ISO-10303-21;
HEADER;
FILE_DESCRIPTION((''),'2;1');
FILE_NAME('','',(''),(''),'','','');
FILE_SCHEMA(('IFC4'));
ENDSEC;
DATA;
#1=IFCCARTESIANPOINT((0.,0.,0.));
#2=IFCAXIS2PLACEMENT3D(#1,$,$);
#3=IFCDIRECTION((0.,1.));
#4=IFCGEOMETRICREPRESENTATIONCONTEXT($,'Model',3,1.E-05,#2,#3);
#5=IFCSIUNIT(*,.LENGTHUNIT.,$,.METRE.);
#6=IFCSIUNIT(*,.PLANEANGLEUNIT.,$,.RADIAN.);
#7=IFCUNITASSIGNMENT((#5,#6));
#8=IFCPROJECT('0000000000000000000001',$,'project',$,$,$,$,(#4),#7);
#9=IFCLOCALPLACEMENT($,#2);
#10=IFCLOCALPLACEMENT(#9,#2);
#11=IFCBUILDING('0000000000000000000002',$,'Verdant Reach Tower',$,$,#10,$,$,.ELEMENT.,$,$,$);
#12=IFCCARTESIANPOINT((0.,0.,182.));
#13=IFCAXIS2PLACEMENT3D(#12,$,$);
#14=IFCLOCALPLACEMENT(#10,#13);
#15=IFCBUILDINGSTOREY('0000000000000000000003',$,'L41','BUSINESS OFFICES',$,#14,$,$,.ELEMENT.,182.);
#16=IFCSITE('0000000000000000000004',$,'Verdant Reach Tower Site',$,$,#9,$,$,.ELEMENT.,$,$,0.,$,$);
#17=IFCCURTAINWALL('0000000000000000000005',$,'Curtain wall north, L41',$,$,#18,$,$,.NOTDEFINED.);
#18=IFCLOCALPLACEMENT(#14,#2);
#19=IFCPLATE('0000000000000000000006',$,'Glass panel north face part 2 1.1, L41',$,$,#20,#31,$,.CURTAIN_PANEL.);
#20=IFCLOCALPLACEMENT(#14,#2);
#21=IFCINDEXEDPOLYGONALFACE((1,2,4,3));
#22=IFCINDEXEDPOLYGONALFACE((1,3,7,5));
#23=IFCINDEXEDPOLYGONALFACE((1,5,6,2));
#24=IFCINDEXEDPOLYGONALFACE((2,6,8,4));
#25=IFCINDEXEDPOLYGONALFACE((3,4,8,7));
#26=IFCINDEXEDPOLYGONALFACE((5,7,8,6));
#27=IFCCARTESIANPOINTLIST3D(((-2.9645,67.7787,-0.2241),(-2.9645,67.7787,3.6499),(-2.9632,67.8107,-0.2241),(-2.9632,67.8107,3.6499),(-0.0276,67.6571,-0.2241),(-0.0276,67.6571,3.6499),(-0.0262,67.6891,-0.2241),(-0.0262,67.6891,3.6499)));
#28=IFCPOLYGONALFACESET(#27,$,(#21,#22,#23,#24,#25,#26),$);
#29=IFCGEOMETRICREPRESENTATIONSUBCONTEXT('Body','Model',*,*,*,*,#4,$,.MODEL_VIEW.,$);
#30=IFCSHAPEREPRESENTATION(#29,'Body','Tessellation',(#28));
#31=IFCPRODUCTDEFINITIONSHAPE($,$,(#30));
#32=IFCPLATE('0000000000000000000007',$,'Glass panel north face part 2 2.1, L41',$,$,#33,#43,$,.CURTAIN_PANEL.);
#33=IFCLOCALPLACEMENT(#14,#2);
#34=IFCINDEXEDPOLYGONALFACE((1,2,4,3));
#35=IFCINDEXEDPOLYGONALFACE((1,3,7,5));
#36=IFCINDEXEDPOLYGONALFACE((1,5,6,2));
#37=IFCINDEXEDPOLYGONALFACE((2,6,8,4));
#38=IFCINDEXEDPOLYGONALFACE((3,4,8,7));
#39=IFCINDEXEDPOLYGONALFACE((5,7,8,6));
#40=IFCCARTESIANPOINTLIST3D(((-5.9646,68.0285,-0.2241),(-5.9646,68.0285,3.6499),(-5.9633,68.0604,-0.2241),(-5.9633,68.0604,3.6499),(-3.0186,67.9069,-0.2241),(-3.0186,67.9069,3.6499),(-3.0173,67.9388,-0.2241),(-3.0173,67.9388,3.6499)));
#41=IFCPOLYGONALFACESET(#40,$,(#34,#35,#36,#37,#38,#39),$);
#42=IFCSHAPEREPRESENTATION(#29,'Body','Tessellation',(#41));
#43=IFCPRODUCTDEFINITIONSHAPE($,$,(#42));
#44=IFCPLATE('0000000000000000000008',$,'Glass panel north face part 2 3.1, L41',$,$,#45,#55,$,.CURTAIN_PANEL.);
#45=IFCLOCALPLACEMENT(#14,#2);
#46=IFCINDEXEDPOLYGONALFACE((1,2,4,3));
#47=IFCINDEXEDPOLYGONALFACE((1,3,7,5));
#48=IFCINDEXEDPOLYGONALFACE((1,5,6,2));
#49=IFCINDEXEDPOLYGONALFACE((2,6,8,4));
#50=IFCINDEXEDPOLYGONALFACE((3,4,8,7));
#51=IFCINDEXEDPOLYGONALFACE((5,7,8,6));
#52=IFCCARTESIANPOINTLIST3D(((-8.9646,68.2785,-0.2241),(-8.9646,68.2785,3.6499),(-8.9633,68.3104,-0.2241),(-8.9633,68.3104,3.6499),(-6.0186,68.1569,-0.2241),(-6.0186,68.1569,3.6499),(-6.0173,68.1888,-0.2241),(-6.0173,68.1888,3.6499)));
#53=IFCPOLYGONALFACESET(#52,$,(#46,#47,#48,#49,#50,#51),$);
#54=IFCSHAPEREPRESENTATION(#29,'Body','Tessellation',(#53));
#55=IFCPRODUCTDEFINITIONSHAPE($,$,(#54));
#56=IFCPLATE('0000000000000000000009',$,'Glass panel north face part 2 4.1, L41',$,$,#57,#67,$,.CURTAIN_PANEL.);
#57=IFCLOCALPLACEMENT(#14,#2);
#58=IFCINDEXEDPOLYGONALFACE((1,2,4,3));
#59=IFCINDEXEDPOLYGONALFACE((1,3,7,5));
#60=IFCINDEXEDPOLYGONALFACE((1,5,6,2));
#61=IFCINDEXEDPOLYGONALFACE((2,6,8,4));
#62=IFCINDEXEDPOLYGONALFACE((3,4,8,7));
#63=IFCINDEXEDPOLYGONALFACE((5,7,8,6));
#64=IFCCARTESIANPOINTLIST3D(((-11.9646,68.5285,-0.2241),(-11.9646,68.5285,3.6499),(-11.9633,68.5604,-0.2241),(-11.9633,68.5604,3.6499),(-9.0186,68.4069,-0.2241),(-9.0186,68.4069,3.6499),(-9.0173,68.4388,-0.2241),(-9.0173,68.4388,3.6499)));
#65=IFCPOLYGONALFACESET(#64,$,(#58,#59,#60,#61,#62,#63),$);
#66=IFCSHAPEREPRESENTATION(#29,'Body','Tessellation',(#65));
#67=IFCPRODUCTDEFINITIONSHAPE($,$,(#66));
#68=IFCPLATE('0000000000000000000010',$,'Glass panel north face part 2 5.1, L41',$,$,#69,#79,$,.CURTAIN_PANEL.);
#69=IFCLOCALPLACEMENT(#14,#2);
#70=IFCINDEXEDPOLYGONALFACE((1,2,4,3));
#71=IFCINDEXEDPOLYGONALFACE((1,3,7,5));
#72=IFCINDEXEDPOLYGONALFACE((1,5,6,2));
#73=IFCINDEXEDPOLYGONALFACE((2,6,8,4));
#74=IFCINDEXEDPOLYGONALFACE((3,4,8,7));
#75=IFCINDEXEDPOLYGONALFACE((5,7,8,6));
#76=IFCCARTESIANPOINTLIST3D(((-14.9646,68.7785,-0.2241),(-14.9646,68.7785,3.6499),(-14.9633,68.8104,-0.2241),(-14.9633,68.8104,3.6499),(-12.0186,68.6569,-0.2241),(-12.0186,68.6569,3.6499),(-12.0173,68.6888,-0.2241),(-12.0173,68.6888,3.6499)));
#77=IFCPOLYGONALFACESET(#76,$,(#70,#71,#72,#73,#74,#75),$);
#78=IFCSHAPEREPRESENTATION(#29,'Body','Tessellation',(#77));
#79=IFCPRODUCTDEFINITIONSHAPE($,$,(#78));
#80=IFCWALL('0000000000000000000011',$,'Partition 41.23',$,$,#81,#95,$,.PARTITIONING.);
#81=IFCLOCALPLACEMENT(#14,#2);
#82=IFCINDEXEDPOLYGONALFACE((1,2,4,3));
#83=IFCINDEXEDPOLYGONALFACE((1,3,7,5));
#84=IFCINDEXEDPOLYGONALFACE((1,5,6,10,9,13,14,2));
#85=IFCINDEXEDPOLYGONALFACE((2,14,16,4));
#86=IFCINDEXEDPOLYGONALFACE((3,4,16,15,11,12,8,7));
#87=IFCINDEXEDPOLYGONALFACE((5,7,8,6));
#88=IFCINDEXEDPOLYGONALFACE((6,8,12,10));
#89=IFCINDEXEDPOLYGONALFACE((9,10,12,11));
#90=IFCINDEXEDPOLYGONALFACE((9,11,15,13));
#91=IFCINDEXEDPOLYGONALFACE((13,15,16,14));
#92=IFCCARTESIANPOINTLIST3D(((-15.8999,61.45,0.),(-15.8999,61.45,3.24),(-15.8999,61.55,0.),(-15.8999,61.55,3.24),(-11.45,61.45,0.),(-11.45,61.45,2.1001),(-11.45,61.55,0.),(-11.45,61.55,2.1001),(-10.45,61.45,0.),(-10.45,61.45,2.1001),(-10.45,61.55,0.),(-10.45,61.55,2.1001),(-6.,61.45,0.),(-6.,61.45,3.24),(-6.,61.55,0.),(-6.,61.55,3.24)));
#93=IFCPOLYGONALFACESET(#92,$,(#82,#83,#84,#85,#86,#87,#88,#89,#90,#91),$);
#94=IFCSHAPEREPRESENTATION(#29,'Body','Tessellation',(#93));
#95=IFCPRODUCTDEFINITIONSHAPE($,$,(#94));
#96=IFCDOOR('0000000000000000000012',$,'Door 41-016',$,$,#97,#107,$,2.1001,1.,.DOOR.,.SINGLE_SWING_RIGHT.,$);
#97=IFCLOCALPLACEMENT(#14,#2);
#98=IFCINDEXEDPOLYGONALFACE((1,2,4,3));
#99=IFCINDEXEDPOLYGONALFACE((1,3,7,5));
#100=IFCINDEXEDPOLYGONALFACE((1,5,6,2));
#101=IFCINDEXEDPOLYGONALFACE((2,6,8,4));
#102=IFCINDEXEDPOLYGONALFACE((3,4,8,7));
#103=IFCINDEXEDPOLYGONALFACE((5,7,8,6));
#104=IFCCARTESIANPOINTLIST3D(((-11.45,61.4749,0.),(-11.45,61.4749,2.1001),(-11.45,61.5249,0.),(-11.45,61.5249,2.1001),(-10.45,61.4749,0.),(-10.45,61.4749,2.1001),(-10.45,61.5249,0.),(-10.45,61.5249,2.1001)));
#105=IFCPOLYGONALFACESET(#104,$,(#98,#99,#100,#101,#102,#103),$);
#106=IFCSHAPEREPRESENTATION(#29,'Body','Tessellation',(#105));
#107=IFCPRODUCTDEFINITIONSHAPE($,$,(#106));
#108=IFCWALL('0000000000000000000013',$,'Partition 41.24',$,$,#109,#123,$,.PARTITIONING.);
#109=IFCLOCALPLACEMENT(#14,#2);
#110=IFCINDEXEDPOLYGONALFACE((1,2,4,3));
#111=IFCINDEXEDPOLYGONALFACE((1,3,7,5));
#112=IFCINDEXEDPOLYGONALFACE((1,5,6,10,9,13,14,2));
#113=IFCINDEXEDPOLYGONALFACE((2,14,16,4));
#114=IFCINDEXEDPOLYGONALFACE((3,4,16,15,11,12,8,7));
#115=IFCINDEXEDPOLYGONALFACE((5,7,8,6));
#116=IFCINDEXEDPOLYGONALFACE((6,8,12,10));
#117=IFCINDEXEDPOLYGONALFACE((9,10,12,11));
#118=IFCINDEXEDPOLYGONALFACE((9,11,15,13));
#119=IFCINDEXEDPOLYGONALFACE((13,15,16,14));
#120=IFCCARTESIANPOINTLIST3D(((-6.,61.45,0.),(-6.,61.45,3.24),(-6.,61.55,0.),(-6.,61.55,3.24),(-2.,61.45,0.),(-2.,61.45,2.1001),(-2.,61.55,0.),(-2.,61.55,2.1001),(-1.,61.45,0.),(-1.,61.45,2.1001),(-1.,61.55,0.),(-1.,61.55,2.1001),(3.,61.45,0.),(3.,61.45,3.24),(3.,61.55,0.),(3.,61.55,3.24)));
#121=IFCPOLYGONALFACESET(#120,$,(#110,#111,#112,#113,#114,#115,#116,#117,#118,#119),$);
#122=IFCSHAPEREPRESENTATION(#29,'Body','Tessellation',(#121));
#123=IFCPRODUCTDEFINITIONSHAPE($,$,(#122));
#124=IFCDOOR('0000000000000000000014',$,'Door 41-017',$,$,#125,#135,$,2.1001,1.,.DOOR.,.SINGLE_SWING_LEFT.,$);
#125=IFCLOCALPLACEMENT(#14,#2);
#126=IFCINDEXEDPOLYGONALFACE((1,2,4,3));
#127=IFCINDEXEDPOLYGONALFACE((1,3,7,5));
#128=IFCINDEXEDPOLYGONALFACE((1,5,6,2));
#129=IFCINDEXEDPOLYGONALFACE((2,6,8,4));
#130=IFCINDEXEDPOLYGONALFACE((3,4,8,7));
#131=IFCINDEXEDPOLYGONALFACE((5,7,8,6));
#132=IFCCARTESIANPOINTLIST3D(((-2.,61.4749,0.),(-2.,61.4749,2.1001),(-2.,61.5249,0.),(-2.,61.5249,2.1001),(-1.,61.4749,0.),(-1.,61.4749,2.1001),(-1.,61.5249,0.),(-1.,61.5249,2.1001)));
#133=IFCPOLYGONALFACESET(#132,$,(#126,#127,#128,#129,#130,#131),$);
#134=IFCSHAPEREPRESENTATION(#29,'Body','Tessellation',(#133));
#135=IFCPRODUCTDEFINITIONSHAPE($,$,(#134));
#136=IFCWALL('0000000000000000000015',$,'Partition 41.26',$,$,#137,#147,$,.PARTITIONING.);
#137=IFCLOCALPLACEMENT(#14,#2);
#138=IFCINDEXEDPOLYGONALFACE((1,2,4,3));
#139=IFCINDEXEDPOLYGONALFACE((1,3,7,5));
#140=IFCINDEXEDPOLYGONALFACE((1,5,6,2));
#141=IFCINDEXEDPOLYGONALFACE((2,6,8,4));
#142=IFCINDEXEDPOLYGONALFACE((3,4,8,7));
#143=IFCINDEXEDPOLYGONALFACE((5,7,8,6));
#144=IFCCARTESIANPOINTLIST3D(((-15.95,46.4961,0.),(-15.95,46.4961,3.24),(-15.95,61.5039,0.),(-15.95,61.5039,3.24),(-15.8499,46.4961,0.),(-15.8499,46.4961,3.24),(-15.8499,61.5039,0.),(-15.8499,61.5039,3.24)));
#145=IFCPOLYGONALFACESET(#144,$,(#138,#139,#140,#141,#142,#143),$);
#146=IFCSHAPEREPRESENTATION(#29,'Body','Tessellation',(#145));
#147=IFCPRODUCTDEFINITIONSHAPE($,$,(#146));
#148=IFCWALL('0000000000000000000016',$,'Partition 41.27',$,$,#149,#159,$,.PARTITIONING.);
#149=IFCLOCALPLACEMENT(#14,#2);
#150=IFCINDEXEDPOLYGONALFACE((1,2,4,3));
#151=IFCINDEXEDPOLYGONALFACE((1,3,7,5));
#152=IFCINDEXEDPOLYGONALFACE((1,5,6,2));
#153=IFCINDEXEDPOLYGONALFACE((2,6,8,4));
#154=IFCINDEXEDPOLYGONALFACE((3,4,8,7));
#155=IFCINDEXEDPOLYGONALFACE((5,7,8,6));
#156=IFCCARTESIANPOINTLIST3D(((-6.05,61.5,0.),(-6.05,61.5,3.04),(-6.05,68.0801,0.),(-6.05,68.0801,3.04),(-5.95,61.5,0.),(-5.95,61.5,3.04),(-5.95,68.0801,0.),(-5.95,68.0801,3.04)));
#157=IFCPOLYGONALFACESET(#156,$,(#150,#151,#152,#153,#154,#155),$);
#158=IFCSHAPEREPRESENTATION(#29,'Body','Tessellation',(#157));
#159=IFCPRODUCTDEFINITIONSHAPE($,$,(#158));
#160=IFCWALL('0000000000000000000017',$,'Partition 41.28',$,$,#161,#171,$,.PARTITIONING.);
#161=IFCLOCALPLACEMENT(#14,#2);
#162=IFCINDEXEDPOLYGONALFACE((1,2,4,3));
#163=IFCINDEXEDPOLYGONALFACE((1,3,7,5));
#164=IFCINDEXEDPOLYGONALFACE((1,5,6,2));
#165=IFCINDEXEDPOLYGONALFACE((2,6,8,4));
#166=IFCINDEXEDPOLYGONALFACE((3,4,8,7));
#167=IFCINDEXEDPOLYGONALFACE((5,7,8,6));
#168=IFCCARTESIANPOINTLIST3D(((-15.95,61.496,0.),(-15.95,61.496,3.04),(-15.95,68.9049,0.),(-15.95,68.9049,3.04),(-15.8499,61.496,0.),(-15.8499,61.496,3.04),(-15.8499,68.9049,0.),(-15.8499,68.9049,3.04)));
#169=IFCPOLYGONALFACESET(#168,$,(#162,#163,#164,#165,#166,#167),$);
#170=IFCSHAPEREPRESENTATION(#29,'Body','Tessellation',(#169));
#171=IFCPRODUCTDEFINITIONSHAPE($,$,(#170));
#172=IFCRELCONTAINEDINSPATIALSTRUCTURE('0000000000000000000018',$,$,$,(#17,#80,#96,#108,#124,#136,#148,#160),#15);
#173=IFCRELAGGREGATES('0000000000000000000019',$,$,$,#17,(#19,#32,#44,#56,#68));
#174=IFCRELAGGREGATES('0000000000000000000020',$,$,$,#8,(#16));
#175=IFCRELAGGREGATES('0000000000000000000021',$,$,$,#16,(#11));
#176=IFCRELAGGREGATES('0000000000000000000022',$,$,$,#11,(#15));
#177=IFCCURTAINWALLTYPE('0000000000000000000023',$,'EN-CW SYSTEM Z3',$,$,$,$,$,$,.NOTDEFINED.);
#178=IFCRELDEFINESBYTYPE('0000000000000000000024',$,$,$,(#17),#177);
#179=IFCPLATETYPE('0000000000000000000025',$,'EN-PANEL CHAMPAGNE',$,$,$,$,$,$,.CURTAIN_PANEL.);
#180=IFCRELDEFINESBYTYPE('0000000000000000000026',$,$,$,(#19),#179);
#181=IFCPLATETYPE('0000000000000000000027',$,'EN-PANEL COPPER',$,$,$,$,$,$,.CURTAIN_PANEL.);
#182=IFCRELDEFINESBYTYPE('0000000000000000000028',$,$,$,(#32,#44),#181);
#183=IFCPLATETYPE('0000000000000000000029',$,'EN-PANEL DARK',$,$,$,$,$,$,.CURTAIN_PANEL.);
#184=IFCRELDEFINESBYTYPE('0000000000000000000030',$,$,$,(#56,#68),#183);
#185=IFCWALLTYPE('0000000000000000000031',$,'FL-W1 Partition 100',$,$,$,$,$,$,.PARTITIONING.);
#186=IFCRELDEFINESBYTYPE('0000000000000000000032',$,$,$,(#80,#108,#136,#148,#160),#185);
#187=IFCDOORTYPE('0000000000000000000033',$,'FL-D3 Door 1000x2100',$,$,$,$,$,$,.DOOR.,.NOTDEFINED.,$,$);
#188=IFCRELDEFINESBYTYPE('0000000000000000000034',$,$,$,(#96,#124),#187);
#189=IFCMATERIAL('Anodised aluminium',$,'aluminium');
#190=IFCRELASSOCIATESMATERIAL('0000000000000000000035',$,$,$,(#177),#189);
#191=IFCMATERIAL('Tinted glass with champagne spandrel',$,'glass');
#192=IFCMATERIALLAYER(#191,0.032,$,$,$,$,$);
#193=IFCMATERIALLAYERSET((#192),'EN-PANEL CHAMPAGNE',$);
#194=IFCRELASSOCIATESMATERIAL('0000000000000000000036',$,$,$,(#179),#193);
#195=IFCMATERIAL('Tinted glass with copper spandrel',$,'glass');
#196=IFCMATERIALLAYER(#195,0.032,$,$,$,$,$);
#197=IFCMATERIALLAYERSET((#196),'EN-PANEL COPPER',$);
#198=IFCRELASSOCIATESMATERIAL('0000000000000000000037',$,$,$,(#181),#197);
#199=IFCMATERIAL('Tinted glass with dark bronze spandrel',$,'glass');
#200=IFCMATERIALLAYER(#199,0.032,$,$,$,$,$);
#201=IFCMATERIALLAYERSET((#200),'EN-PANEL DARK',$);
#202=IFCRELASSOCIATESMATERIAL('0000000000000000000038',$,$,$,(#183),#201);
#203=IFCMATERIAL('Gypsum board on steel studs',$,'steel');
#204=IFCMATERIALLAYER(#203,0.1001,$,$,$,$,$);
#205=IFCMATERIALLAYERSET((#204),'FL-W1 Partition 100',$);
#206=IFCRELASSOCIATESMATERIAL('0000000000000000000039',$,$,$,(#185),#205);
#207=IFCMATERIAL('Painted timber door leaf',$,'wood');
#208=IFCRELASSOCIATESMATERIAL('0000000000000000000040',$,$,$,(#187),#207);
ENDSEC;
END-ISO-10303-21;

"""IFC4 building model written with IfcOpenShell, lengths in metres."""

from ifc_helpers import new_model, si_unit, direction, frame, frame_2d, origin, origin_2d, place, context, subcontext, project, spatial, rectangle, extrude, material, layer, layer_set, type_object, element, fill, aggregate, save


model = new_model("IFC4")

# Units and contexts
model_context = context("Model", 3, precision=1e-05, world=origin(), true_north=direction((0.0, 1.0)))
body_context = subcontext(model_context, "Body", "Model", "MODEL_VIEW")
ifc_project = project(units=[si_unit("LENGTHUNIT", "METRE"), si_unit("PLANEANGLEUNIT", "RADIAN")], contexts=[model_context])

# Site, building, storey
site_placement = place(None, origin())
site = spatial("IfcSite", under=ifc_project, at=site_placement, Name="Verdant Reach Tower Site", CompositionType="ELEMENT", RefElevation=0.0)
building_placement = place(site_placement, origin())
building = spatial("IfcBuilding", under=site, at=building_placement, Name="Verdant Reach Tower", CompositionType="ELEMENT")
storey_placement = place(building_placement, frame((0.0, 0.0, 182.0)))
storey = spatial("IfcBuildingStorey", under=building, at=storey_placement, Name="L41", Description="BUSINESS OFFICES", CompositionType="ELEMENT", Elevation=182.0)

# Curtain wall
ifc_material_1 = material(Name="Anodised aluminium", Category="aluminium")
curtain_wall_type = type_object("IfcCurtainWallType", Name="EN-CW SYSTEM Z3", PredefinedType="NOTDEFINED", material=ifc_material_1)
curtain_wall_placement = place(storey_placement, origin())
curtain_wall = element("IfcCurtainWall", 1, at=curtain_wall_placement, inside=storey, type_object=curtain_wall_type, Name="Curtain wall north, L41", PredefinedType="NOTDEFINED")

# Plates
ifc_material_2 = material(Name="Tinted glass with champagne spandrel", Category="glass")
ifc_layer_1 = layer(ifc_material_2, 0.032)
ifc_layer_set_1 = layer_set([ifc_layer_1], Name="EN-PANEL CHAMPAGNE")
plate_type_1 = type_object("IfcPlateType", Name="EN-PANEL CHAMPAGNE", PredefinedType="CURTAIN_PANEL", material=ifc_layer_set_1)
plate_1_placement = place(storey_placement, frame((-1.4954, 67.7339, -0.2241), z_axis=(0.0, 0.0, 1.0), x_axis=(-0.999144, 0.041367, 0.0)))
plate_1 = element("IfcPlate", 2, at=plate_1_placement, type_object=plate_type_1, Name="Glass panel north face part 2 1.1, L41", PredefinedType="CURTAIN_PANEL", context=body_context, shape_type="SweptSolid", body=[
    extrude(rectangle(XDim=2.9395, YDim=0.032, at=origin_2d()), origin(), (0.0, 0.0, 1.0), 3.874),
])
ifc_material_3 = material(Name="Tinted glass with copper spandrel", Category="glass")
ifc_layer_2 = layer(ifc_material_3, 0.032)
ifc_layer_set_2 = layer_set([ifc_layer_2], Name="EN-PANEL COPPER")
plate_type_2 = type_object("IfcPlateType", Name="EN-PANEL COPPER", PredefinedType="CURTAIN_PANEL", material=ifc_layer_set_2)
plate_2_placement = place(storey_placement, frame((-4.491, 67.9836, -0.2241), z_axis=(0.0, 0.0, 1.0), x_axis=(-0.999149, 0.041242, 0.0)))
plate_2 = element("IfcPlate", 3, at=plate_2_placement, type_object=plate_type_2, Name="Glass panel north face part 2 2.1, L41", PredefinedType="CURTAIN_PANEL", context=body_context, shape_type="SweptSolid", body=[
    extrude(rectangle(XDim=2.9485, YDim=0.032, at=origin_2d()), origin(), (0.0, 0.0, 1.0), 3.874),
])
plate_3_placement = place(storey_placement, frame((-7.491, 68.2336, -0.2241), z_axis=(0.0, 0.0, 1.0), x_axis=(-0.999149, 0.041242, 0.0)))
plate_3 = element("IfcPlate", 4, at=plate_3_placement, type_object=plate_type_2, Name="Glass panel north face part 2 3.1, L41", PredefinedType="CURTAIN_PANEL", context=body_context, shape_type="SweptSolid", body=[
    extrude(rectangle(XDim=2.9485, YDim=0.032, at=origin_2d()), origin(), (0.0, 0.0, 1.0), 3.874),
])
ifc_material_4 = material(Name="Tinted glass with dark bronze spandrel", Category="glass")
ifc_layer_3 = layer(ifc_material_4, 0.032)
ifc_layer_set_3 = layer_set([ifc_layer_3], Name="EN-PANEL DARK")
plate_type_3 = type_object("IfcPlateType", Name="EN-PANEL DARK", PredefinedType="CURTAIN_PANEL", material=ifc_layer_set_3)
plate_4_placement = place(storey_placement, frame((-10.491, 68.4836, -0.2241), z_axis=(0.0, 0.0, 1.0), x_axis=(-0.999149, 0.041242, 0.0)))
plate_4 = element("IfcPlate", 5, at=plate_4_placement, type_object=plate_type_3, Name="Glass panel north face part 2 4.1, L41", PredefinedType="CURTAIN_PANEL", context=body_context, shape_type="SweptSolid", body=[
    extrude(rectangle(XDim=2.9485, YDim=0.032, at=origin_2d()), origin(), (0.0, 0.0, 1.0), 3.874),
])
plate_5_placement = place(storey_placement, frame((-13.491, 68.7336, -0.2241), z_axis=(0.0, 0.0, 1.0), x_axis=(-0.999149, 0.041242, 0.0)))
plate_5 = element("IfcPlate", 6, at=plate_5_placement, type_object=plate_type_3, Name="Glass panel north face part 2 5.1, L41", PredefinedType="CURTAIN_PANEL", context=body_context, shape_type="SweptSolid", body=[
    extrude(rectangle(XDim=2.9485, YDim=0.032, at=origin_2d()), origin(), (0.0, 0.0, 1.0), 3.874),
])
aggregate(curtain_wall, [plate_1, plate_2, plate_3, plate_4, plate_5])

# Walls, openings, doors
ifc_material_5 = material(Name="Gypsum board on steel studs", Category="steel")
ifc_layer_4 = layer(ifc_material_5, 0.1001)
ifc_layer_set_4 = layer_set([ifc_layer_4], Name="FL-W1 Partition 100")
wall_type = type_object("IfcWallType", Name="FL-W1 Partition 100", PredefinedType="PARTITIONING", material=ifc_layer_set_4)
wall_1_placement = place(storey_placement, frame((-15.8999, 61.5, 0.0), z_axis=(0.0, 0.0, 1.0), x_axis=(1.0, 0.0, 0.0)))
wall_1 = element("IfcWall", 7, at=wall_1_placement, inside=storey, type_object=wall_type, Name="Partition 41.23", PredefinedType="PARTITIONING", context=body_context, shape_type="SweptSolid", body=[
    extrude(rectangle(XDim=9.8999, YDim=0.1001, at=frame_2d((4.95, 0.0))), origin(), (0.0, 0.0, 1.0), 3.24),
])
opening_1_placement = place(wall_1_placement, frame((4.45, 0.0, 0.0)))
opening_1 = element("IfcOpeningElement", 8, at=opening_1_placement, cuts=wall_1, PredefinedType="OPENING", context=body_context, shape_type="SweptSolid", body=[
    extrude(rectangle(XDim=1.0, YDim=2.1001, at=frame_2d((0.5, 1.05))), frame((0.0, 0.0601, 0.0), z_axis=(0.0, -1.0, 0.0), x_axis=(1.0, 0.0, 0.0)), (0.0, 0.0, 1.0), 0.1201),
])
ifc_material_6 = material(Name="Painted timber door leaf", Category="wood")
door_type = type_object("IfcDoorType", Name="FL-D3 Door 1000x2100", OperationType="NOTDEFINED", PredefinedType="DOOR", material=ifc_material_6)
door_1_placement = place(opening_1_placement, origin())
door_1 = element("IfcDoor", 9, at=door_1_placement, inside=storey, type_object=door_type, Name="Door 41-016", OperationType="SINGLE_SWING_RIGHT", OverallHeight=2.1001, OverallWidth=1.0, PredefinedType="DOOR", context=body_context, shape_type="SweptSolid", body=[
    extrude(rectangle(XDim=1.0, YDim=2.1001, at=frame_2d((0.5, 1.05))), frame((0.0, 0.0249, 0.0), z_axis=(0.0, -1.0, 0.0), x_axis=(1.0, 0.0, 0.0)), (0.0, 0.0, 1.0), 0.05),
])
fill(opening_1, door_1)
wall_2_placement = place(storey_placement, frame((-6.0, 61.5, 0.0), z_axis=(0.0, 0.0, 1.0), x_axis=(1.0, 0.0, 0.0)))
wall_2 = element("IfcWall", 10, at=wall_2_placement, inside=storey, type_object=wall_type, Name="Partition 41.24", PredefinedType="PARTITIONING", context=body_context, shape_type="SweptSolid", body=[
    extrude(rectangle(XDim=9.0, YDim=0.1001, at=frame_2d((4.5, 0.0))), origin(), (0.0, 0.0, 1.0), 3.24),
])
opening_2_placement = place(wall_2_placement, frame((4.0, 0.0, 0.0)))
opening_2 = element("IfcOpeningElement", 11, at=opening_2_placement, cuts=wall_2, PredefinedType="OPENING", context=body_context, shape_type="SweptSolid", body=[
    extrude(rectangle(XDim=1.0, YDim=2.1001, at=frame_2d((0.5, 1.05))), frame((0.0, 0.0601, 0.0), z_axis=(0.0, -1.0, 0.0), x_axis=(1.0, 0.0, 0.0)), (0.0, 0.0, 1.0), 0.1201),
])
door_2_placement = place(opening_2_placement, origin())
door_2 = element("IfcDoor", 12, at=door_2_placement, inside=storey, type_object=door_type, Name="Door 41-017", OperationType="SINGLE_SWING_LEFT", OverallHeight=2.1001, OverallWidth=1.0, PredefinedType="DOOR", context=body_context, shape_type="SweptSolid", body=[
    extrude(rectangle(XDim=1.0, YDim=2.1001, at=frame_2d((0.5, 1.05))), frame((0.0, 0.0249, 0.0), z_axis=(0.0, -1.0, 0.0), x_axis=(1.0, 0.0, 0.0)), (0.0, 0.0, 1.0), 0.05),
])
fill(opening_2, door_2)

# Walls
wall_3_placement = place(storey_placement, frame((-15.8999, 61.5039, 0.0), z_axis=(0.0, 0.0, 1.0), x_axis=(0.0, -1.0, 0.0)))
element("IfcWall", 13, at=wall_3_placement, inside=storey, type_object=wall_type, Name="Partition 41.26", PredefinedType="PARTITIONING", context=body_context, shape_type="SweptSolid", body=[
    extrude(rectangle(XDim=15.0078, YDim=0.1001, at=frame_2d((7.5039, 0.0))), origin(), (0.0, 0.0, 1.0), 3.24),
])
wall_4_placement = place(storey_placement, frame((-6.0, 61.5, 0.0), z_axis=(0.0, 0.0, 1.0), x_axis=(0.0, 1.0, 0.0)))
element("IfcWall", 14, at=wall_4_placement, inside=storey, type_object=wall_type, Name="Partition 41.27", PredefinedType="PARTITIONING", context=body_context, shape_type="SweptSolid", body=[
    extrude(rectangle(XDim=6.5801, YDim=0.1001, at=frame_2d((3.29, 0.0))), origin(), (0.0, 0.0, 1.0), 3.04),
])
wall_5_placement = place(storey_placement, frame((-15.8999, 68.905, 0.0), z_axis=(0.0, 0.0, 1.0), x_axis=(0.0, -1.0, 0.0)))
element("IfcWall", 15, at=wall_5_placement, inside=storey, type_object=wall_type, Name="Partition 41.28", PredefinedType="PARTITIONING", context=body_context, shape_type="SweptSolid", body=[
    extrude(rectangle(XDim=7.4089, YDim=0.1001, at=frame_2d((3.7046, 0.0))), origin(), (0.0, 0.0, 1.0), 3.04),
])

save(model, "model.ifc")
